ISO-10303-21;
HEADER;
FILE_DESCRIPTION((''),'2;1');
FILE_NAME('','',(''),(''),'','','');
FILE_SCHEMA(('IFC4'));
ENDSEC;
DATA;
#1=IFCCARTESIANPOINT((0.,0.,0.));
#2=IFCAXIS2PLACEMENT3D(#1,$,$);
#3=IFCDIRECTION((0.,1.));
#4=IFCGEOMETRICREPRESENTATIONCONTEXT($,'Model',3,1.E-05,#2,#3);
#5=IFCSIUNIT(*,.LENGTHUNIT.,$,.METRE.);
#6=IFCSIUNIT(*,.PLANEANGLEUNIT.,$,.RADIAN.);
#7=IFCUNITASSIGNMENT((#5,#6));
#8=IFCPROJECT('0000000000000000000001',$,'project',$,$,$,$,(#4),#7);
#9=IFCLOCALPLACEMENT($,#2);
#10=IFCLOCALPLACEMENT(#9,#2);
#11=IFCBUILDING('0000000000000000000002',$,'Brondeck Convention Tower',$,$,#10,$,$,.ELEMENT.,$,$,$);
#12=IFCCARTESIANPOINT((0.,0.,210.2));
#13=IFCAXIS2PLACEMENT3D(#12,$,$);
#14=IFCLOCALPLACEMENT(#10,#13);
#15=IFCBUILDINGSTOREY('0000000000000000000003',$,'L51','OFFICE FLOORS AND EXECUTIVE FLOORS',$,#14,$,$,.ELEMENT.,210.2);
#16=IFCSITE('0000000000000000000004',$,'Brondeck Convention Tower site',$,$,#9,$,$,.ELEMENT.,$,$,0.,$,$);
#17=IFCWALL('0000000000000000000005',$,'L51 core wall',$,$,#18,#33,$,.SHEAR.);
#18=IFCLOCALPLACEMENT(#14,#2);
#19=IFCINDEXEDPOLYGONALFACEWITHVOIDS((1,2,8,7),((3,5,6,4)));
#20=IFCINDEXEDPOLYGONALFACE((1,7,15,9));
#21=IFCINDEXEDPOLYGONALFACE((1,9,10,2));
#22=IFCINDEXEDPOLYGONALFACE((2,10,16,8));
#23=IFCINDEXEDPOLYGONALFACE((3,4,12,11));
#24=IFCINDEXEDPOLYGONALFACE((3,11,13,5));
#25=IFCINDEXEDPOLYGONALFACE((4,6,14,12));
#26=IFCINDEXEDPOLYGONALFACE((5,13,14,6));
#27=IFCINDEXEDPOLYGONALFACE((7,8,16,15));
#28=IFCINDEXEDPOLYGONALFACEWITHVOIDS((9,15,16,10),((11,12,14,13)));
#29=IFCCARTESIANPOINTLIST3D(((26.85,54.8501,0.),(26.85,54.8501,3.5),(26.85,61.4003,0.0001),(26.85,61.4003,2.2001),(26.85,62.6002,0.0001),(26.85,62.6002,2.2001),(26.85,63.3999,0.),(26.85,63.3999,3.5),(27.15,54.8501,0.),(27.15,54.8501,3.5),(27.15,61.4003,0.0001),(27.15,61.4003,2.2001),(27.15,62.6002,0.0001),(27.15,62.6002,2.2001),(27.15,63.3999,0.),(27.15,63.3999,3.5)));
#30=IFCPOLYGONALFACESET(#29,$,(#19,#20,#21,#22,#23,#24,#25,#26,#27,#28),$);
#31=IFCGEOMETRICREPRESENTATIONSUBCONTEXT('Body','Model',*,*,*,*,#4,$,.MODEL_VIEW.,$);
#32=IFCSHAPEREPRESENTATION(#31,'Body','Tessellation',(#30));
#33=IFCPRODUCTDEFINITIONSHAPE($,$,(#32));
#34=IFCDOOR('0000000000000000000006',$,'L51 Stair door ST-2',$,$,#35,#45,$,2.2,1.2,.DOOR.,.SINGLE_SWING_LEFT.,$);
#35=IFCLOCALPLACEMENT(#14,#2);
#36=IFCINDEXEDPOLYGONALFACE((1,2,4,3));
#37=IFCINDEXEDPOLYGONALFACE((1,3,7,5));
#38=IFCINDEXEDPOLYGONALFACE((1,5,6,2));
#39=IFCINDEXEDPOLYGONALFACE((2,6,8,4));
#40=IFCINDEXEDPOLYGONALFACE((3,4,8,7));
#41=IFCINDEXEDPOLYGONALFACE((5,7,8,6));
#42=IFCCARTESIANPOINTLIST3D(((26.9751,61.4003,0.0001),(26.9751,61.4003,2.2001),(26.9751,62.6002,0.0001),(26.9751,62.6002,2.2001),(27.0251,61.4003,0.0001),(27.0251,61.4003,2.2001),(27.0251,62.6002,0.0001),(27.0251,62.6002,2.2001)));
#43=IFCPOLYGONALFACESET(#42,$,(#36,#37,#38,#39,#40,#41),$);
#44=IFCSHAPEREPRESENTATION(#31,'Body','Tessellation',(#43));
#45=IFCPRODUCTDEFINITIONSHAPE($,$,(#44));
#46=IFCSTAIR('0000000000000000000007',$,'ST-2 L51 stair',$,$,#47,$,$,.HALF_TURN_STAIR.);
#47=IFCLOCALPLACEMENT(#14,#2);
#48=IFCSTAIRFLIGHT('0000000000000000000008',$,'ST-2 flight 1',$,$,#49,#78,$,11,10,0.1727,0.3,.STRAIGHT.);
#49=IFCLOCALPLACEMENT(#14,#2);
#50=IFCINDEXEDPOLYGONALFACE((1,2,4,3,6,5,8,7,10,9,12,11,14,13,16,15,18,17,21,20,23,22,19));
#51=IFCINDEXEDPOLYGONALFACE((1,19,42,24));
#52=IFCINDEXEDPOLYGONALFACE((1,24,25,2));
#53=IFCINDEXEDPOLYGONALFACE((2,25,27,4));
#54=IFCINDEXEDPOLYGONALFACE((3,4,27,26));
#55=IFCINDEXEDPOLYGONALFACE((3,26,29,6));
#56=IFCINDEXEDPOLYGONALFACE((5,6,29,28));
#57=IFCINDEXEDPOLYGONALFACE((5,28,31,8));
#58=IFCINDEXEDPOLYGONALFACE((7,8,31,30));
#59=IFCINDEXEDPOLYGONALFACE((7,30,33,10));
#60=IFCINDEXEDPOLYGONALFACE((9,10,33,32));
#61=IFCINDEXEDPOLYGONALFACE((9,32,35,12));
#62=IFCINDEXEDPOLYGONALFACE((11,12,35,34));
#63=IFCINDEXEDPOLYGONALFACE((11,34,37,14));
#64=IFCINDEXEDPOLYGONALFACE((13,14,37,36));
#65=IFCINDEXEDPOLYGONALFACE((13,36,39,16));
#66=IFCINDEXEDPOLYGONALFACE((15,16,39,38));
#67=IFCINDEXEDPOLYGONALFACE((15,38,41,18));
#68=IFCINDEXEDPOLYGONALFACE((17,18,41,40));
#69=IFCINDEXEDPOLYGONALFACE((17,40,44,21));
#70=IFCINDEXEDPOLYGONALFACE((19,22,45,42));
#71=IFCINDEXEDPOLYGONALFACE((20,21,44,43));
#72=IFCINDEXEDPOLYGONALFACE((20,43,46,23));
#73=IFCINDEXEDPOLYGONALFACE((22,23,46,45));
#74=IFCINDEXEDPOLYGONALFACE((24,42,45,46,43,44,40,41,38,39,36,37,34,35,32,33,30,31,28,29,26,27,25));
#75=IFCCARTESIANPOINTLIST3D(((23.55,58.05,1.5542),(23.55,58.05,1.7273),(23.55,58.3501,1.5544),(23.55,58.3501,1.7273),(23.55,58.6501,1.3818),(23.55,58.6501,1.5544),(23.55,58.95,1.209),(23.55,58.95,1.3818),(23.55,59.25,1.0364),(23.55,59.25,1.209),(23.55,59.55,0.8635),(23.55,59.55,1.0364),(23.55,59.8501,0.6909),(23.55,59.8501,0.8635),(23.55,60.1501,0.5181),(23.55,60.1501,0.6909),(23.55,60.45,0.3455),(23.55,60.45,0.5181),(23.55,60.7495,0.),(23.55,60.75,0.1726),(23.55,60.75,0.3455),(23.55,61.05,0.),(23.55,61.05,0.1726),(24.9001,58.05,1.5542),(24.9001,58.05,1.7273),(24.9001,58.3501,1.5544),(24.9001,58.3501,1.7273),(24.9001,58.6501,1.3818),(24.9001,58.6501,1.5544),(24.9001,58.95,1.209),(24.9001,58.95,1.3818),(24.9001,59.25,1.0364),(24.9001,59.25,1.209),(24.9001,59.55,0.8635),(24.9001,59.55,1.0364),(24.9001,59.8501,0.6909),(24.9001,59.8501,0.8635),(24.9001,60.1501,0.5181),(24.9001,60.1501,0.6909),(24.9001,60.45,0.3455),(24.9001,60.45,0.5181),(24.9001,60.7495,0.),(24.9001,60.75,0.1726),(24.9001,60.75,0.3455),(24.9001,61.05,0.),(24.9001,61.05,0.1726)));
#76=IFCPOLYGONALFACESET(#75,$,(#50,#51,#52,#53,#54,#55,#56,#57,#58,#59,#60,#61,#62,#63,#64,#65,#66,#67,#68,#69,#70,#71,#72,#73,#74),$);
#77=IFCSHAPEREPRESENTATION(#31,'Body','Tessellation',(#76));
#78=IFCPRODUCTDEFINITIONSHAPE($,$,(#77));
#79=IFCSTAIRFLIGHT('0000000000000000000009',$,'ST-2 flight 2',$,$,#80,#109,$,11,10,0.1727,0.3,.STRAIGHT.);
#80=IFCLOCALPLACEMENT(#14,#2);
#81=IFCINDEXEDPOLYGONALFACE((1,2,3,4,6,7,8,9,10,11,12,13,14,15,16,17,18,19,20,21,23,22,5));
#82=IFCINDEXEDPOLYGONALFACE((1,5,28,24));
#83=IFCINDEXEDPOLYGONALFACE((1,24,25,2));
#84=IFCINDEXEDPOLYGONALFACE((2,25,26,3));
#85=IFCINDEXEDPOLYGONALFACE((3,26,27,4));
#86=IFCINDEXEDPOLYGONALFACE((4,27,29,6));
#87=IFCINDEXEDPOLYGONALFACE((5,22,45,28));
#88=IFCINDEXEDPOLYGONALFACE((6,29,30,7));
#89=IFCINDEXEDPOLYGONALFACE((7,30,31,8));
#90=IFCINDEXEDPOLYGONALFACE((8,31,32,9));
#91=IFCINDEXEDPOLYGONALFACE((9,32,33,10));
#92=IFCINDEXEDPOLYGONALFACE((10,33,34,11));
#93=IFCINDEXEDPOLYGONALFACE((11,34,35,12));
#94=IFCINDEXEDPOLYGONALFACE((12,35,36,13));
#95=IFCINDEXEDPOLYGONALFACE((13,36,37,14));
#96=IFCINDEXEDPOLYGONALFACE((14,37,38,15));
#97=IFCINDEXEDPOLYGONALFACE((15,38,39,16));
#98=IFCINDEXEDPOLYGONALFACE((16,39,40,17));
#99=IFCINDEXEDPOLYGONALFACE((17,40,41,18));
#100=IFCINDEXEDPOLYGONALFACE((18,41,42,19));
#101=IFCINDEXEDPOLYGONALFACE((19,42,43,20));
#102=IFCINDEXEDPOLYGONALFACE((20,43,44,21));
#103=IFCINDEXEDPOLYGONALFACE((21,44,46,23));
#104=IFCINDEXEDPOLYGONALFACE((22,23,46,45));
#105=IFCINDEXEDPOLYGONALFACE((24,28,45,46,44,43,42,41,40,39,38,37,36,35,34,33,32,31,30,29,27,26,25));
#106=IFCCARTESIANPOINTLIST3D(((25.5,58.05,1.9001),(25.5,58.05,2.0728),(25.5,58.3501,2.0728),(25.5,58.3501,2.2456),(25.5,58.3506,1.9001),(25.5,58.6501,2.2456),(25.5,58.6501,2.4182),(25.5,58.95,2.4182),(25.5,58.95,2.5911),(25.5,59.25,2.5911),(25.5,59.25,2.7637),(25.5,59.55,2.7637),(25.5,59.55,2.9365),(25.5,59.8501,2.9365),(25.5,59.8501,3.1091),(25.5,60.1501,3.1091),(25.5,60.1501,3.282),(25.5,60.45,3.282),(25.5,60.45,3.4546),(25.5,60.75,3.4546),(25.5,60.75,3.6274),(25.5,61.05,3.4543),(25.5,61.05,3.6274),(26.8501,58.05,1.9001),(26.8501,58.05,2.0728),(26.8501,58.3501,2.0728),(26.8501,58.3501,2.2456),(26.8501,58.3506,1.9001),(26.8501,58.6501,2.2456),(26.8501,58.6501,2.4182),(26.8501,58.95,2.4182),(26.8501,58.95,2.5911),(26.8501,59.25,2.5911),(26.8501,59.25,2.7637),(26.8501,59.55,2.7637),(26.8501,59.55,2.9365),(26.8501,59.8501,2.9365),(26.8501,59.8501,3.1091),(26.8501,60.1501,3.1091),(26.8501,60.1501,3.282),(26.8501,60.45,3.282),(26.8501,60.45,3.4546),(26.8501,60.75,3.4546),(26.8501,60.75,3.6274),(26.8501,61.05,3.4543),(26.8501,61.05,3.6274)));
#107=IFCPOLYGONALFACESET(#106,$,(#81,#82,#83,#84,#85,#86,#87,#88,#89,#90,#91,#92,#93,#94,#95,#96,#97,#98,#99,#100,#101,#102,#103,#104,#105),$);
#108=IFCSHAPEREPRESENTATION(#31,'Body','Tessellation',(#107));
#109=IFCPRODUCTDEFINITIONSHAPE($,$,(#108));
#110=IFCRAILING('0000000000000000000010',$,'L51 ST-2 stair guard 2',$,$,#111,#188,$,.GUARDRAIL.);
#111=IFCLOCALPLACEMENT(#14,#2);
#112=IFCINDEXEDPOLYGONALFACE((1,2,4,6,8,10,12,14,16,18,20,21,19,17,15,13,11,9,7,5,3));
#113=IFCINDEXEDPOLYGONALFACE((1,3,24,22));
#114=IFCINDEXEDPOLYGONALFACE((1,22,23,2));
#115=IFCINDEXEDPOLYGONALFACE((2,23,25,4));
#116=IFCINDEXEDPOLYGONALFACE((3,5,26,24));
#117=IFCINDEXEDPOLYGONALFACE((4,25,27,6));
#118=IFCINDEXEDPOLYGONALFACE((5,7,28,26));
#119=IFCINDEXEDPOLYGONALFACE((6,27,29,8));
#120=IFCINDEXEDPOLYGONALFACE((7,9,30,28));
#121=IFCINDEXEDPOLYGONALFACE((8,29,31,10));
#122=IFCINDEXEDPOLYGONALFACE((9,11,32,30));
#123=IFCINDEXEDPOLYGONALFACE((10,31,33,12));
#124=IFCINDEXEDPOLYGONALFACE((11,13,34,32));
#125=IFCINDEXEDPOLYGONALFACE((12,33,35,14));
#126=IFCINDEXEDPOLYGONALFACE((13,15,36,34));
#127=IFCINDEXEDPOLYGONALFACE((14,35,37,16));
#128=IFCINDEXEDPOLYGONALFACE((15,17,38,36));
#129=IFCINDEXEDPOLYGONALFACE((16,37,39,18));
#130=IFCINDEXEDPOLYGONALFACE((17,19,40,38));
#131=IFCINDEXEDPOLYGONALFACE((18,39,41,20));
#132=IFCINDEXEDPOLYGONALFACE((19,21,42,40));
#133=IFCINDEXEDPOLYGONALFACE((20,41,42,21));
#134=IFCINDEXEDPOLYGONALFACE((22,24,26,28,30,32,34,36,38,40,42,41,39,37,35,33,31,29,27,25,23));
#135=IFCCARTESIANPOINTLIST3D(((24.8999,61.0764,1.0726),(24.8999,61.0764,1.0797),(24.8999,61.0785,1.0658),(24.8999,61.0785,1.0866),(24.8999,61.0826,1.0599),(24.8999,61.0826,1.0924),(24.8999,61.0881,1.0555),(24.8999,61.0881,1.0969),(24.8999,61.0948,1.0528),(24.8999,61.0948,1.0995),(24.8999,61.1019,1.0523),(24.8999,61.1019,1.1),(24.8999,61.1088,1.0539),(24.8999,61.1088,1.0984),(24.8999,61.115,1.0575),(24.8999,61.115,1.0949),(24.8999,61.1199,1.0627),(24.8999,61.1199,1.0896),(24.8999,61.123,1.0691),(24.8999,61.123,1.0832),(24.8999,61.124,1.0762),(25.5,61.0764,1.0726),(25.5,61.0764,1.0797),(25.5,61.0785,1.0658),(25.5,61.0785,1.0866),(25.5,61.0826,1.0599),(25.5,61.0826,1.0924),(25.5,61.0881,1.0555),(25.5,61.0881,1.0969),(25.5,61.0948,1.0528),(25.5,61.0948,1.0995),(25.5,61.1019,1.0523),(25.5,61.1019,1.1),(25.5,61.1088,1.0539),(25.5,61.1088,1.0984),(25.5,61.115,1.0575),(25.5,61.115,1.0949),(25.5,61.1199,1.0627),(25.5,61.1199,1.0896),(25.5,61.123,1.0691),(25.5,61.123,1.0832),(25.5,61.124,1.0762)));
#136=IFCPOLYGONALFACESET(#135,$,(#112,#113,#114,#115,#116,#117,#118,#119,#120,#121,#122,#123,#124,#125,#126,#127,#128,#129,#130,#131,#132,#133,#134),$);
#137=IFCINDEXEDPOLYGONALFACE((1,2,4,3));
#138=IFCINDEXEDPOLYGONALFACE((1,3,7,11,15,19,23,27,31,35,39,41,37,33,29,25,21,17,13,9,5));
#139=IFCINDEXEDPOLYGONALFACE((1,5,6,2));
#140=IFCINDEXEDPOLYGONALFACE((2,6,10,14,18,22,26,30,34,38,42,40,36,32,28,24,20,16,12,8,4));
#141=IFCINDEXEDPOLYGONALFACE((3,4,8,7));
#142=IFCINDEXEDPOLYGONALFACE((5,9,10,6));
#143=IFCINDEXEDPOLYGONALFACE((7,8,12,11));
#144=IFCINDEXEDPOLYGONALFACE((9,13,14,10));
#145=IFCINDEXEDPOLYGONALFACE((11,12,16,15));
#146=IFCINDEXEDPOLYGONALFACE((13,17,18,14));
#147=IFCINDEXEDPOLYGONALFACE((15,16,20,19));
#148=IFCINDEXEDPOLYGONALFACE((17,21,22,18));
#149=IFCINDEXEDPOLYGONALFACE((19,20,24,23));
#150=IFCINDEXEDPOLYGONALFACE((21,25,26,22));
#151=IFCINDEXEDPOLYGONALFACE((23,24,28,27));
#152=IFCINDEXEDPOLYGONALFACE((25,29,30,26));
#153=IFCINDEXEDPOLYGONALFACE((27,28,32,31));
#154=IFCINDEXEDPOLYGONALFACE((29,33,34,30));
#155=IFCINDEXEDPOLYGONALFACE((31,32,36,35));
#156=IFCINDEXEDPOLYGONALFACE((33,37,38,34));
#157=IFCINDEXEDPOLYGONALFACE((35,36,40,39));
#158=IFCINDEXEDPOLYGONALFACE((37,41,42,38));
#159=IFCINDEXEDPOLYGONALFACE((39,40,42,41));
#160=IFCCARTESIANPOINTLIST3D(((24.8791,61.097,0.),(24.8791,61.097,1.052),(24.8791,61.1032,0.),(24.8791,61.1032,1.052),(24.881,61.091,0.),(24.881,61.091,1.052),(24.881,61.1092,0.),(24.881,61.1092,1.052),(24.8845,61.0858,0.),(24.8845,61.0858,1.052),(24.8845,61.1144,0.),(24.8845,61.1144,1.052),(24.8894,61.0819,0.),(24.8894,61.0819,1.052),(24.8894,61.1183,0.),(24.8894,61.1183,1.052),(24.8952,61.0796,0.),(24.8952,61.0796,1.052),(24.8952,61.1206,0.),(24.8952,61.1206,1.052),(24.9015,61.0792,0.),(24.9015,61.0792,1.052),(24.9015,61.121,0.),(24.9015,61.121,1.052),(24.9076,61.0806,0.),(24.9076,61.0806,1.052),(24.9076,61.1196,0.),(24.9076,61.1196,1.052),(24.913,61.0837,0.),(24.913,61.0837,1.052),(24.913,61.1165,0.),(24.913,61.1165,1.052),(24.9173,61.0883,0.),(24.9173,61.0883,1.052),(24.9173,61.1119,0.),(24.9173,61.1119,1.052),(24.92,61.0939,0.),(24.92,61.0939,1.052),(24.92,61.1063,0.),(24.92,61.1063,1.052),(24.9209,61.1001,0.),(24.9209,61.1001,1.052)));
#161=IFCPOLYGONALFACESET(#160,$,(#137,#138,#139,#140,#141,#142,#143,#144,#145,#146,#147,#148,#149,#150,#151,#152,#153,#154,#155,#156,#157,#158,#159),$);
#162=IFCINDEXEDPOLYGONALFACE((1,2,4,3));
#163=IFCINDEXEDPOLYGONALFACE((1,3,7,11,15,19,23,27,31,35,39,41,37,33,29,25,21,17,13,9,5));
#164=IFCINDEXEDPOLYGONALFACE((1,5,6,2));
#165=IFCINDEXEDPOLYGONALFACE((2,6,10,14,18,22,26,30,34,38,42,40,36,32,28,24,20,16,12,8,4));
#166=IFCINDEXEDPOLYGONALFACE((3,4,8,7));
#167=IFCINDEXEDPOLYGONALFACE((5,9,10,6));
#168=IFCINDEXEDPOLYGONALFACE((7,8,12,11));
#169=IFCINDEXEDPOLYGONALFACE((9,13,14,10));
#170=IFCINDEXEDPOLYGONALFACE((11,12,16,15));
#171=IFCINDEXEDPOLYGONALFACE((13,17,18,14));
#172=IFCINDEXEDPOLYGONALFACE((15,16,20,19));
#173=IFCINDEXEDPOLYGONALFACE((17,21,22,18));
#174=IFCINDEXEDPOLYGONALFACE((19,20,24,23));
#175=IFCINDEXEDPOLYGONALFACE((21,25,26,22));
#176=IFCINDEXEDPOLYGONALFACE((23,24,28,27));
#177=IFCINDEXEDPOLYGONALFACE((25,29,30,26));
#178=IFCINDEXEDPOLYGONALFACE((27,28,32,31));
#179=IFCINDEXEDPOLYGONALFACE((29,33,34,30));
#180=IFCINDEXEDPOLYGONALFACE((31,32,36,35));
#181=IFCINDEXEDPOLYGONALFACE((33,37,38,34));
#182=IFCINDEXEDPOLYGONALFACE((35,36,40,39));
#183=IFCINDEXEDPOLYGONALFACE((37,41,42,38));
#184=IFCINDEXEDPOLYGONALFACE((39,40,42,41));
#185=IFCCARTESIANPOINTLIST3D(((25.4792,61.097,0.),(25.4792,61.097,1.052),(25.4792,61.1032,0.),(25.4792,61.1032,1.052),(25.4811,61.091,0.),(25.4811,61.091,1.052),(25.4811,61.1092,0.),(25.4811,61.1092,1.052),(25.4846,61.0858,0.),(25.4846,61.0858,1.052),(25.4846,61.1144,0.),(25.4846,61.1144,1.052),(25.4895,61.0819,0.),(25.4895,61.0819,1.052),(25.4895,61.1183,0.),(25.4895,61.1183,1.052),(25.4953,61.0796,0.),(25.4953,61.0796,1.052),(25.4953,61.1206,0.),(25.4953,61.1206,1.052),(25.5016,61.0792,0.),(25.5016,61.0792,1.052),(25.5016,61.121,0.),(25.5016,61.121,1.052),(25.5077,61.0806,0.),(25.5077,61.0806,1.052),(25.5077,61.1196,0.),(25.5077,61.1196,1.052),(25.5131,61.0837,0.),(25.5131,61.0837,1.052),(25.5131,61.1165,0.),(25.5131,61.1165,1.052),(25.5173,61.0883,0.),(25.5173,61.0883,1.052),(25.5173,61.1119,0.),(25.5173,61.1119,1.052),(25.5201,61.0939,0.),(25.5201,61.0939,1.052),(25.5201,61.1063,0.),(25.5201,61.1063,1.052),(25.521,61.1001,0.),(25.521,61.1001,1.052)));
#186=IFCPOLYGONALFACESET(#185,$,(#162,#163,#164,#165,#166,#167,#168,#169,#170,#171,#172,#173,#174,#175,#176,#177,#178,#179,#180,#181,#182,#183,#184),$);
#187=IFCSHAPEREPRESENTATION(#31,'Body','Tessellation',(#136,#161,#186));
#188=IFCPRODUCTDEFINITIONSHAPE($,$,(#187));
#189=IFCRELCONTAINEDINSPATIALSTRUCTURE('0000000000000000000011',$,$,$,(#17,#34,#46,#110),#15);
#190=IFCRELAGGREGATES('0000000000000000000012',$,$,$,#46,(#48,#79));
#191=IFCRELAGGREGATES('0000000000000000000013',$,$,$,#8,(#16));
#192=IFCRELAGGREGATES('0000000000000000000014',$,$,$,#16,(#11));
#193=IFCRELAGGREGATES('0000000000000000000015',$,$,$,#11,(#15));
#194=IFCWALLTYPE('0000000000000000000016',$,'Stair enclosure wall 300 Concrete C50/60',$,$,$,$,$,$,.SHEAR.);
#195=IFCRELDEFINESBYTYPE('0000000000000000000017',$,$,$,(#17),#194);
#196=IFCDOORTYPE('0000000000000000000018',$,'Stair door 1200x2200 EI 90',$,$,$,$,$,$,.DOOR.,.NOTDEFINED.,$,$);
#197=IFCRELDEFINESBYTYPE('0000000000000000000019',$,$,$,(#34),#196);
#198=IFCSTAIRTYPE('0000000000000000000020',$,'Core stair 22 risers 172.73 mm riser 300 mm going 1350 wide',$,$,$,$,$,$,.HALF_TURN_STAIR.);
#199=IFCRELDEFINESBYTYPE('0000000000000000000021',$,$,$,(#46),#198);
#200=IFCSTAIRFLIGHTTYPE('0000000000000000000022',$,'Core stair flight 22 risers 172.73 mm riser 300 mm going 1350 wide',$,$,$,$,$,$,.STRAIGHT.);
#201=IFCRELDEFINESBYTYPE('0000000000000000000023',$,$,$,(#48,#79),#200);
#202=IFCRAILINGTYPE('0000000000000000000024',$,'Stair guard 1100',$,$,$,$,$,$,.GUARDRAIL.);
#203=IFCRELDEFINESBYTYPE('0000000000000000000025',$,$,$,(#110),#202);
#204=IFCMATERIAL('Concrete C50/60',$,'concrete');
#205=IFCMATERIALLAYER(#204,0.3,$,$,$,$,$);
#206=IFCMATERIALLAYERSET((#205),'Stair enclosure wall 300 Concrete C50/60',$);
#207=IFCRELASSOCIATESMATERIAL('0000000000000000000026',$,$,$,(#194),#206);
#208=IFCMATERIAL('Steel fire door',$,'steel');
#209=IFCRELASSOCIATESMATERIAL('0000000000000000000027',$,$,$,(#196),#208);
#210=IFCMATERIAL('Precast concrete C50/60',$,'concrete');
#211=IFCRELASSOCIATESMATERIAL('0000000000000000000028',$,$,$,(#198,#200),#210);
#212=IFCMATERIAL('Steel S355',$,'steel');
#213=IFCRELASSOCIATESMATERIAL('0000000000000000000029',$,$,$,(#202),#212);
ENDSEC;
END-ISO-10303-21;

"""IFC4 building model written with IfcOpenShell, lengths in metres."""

from ifc_helpers import new_model, si_unit, direction, frame, frame_2d, origin, origin_2d, place, context, subcontext, project, spatial, polyline, rectangle, circle, outline, extrude, material, layer, layer_set, type_object, element, fill, aggregate, save


model = new_model("IFC4")

# Units and contexts
model_context = context("Model", 3, precision=1e-05, world=origin(), true_north=direction((0.0, 1.0)))
body_context = subcontext(model_context, "Body", "Model", "MODEL_VIEW")
ifc_project = project(units=[si_unit("LENGTHUNIT", "METRE"), si_unit("PLANEANGLEUNIT", "RADIAN")], contexts=[model_context])

# Site, building, storey
site_placement = place(None, origin())
site = spatial("IfcSite", under=ifc_project, at=site_placement, Name="Brondeck Convention Tower site", CompositionType="ELEMENT", RefElevation=0.0)
building_placement = place(site_placement, origin())
building = spatial("IfcBuilding", under=site, at=building_placement, Name="Brondeck Convention Tower", CompositionType="ELEMENT")
storey_placement = place(building_placement, frame((0.0, 0.0, 210.2)))
storey = spatial("IfcBuildingStorey", under=building, at=storey_placement, Name="L51", Description="OFFICE FLOORS AND EXECUTIVE FLOORS", CompositionType="ELEMENT", Elevation=210.2)

# Shared definitions
ifc_material_1 = material(Name="Concrete C50/60", Category="concrete")

# Shared definitions
ifc_material_2 = material(Name="Steel fire door", Category="steel")

# Shared definitions
ifc_layer_1 = layer(ifc_material_1, 0.3)
ifc_layer_set_1 = layer_set([ifc_layer_1], Name="Stair enclosure wall 300 Concrete C50/60")
wall_type_1 = type_object("IfcWallType", Name="Stair enclosure wall 300 Concrete C50/60", PredefinedType="SHEAR", material=ifc_layer_set_1)

# Wall, opening, door
wall_1_placement = place(storey_placement, frame((27.0, 54.8501, 0.0), z_axis=(0.0, 0.0, 1.0), x_axis=(0.0, 1.0, 0.0)))
wall_1 = element("IfcWall", 1, at=wall_1_placement, inside=storey, type_object=wall_type_1, Name="L51 core wall", PredefinedType="SHEAR", context=body_context, shape_type="SweptSolid", body=[
    extrude(rectangle(XDim=8.5498, YDim=0.3, at=frame_2d((4.2749, 0.0))), origin(), (0.0, 0.0, 1.0), 3.5),
])
opening_1_placement = place(wall_1_placement, frame((6.55, 0.0, 0.0)))
opening_1 = element("IfcOpeningElement", 2, at=opening_1_placement, cuts=wall_1, PredefinedType="OPENING", context=body_context, shape_type="SweptSolid", body=[
    extrude(rectangle(XDim=1.2, YDim=2.2, at=frame_2d((0.6001, 1.1001))), frame((0.0, 0.1599, 0.0), z_axis=(0.0, -1.0, 0.0), x_axis=(1.0, 0.0, 0.0)), (0.0, 0.0, 1.0), 0.3201),
])
door_type_1 = type_object("IfcDoorType", Name="Stair door 1200x2200 EI 90", OperationType="NOTDEFINED", PredefinedType="DOOR", material=ifc_material_2)
door_1_placement = place(opening_1_placement, origin())
door_1 = element("IfcDoor", 3, at=door_1_placement, inside=storey, type_object=door_type_1, Name="L51 Stair door ST-2", OperationType="SINGLE_SWING_LEFT", OverallHeight=2.2, OverallWidth=1.2, PredefinedType="DOOR", context=body_context, shape_type="SweptSolid", body=[
    extrude(rectangle(XDim=1.2, YDim=2.2, at=frame_2d((0.6001, 1.1001))), frame((0.0, 0.0249, 0.0), z_axis=(0.0, -1.0, 0.0), x_axis=(1.0, 0.0, 0.0)), (0.0, 0.0, 1.0), 0.05),
])
fill(opening_1, door_1)

# Stair, stair flights
ifc_material_3 = material(Name="Precast concrete C50/60", Category="concrete")
stair_type = type_object("IfcStairType", Name="Core stair 22 risers 172.73 mm riser 300 mm going 1350 wide", PredefinedType="HALF_TURN_STAIR", material=ifc_material_3)
stair_placement = place(storey_placement, origin())
stair = element("IfcStair", 4, at=stair_placement, inside=storey, type_object=stair_type, Name="ST-2 L51 stair", PredefinedType="HALF_TURN_STAIR")
stair_flight_type = type_object("IfcStairFlightType", Name="Core stair flight 22 risers 172.73 mm riser 300 mm going 1350 wide", PredefinedType="STRAIGHT", material=ifc_material_3)
stair_flight_1_placement = place(storey_placement, frame((24.2251, 61.05, 0.0), z_axis=(0.0, 0.0, 1.0), x_axis=(0.0, -1.0, 0.0)))
stair_flight_1 = element("IfcStairFlight", 5, at=stair_flight_1_placement, type_object=stair_flight_type, Name="ST-2 flight 1", NumberOfRisers=11, NumberOfTreads=10, PredefinedType="STRAIGHT", RiserHeight=0.1727, TreadLength=0.3, context=body_context, shape_type="SweptSolid", body=[
    extrude(outline(polyline([(0.0, 0.0), (0.0, 0.1726), (0.3, 0.1726), (0.3, 0.3455), (0.6001, 0.3455), (0.6001, 0.5181), (0.8999, 0.5181), (0.8999, 0.6909), (1.2, 0.6909), (1.2, 0.8635), (1.5, 0.8635), (1.5, 1.0364), (1.8, 1.0364), (1.8, 1.209), (2.1001, 1.209), (2.1001, 1.3818), (2.3999, 1.3818), (2.3999, 1.5544), (2.7, 1.5544), (2.7, 1.7273), (3.0, 1.7273), (3.0, 1.8999), (3.0, 1.5542), (0.3005, 0.0), (0.0, 0.0)])), frame((0.0, 0.675, 0.0), z_axis=(0.0, -1.0, 0.0), x_axis=(1.0, 0.0, 0.0)), (0.0, 0.0, 1.0), 1.3501),
])
stair_flight_2_placement = place(storey_placement, frame((26.175, 58.05, 1.9001), z_axis=(0.0, 0.0, 1.0), x_axis=(0.0, 1.0, 0.0)))
stair_flight_2 = element("IfcStairFlight", 6, at=stair_flight_2_placement, type_object=stair_flight_type, Name="ST-2 flight 2", NumberOfRisers=11, NumberOfTreads=10, PredefinedType="STRAIGHT", RiserHeight=0.1727, TreadLength=0.3, context=body_context, shape_type="SweptSolid", body=[
    extrude(outline(polyline([(0.0, 0.0), (0.0, 0.1726), (0.3, 0.1726), (0.3, 0.3455), (0.6001, 0.3455), (0.6001, 0.5181), (0.8999, 0.5181), (0.8999, 0.6909), (1.2, 0.6909), (1.2, 0.8635), (1.5, 0.8635), (1.5, 1.0364), (1.8, 1.0364), (1.8, 1.209), (2.1001, 1.209), (2.1001, 1.3818), (2.3999, 1.3818), (2.3999, 1.5544), (2.7, 1.5544), (2.7, 1.7273), (3.0, 1.7273), (3.0, 1.8999), (3.0, 1.5542), (0.3005, 0.0), (0.0, 0.0)])), frame((0.0, 0.675, 0.0), z_axis=(0.0, -1.0, 0.0), x_axis=(1.0, 0.0, 0.0)), (0.0, 0.0, 1.0), 1.3501),
])
aggregate(stair, [stair_flight_1, stair_flight_2])

# Railing
ifc_material_4 = material(Name="Steel S355", Category="steel")
railing_type_1 = type_object("IfcRailingType", Name="Stair guard 1100", PredefinedType="GUARDRAIL", material=ifc_material_4)
railing_1_placement = place(storey_placement, frame((24.8999, 61.1001, 0.0)))
element("IfcRailing", 7, at=railing_1_placement, inside=storey, type_object=railing_type_1, Name="L51 ST-2 stair guard 2", PredefinedType="GUARDRAIL", context=body_context, shape_type="SweptSolid", body=[
    extrude(circle(Radius=0.0239, at=origin_2d()), frame((0.0, 0.0, 1.0762), z_axis=(1.0, 0.0, 0.0), x_axis=(0.0, 1.0, 0.0)), (0.0, 0.0, 1.0), 0.6001),
    extrude(circle(Radius=0.021, at=origin_2d()), origin(), (0.0, 0.0, 1.0), 1.052),
    extrude(circle(Radius=0.021, at=origin_2d()), frame((0.6001, 0.0, 0.0)), (0.0, 0.0, 1.0), 1.052),
])

save(model, "model.ifc")
